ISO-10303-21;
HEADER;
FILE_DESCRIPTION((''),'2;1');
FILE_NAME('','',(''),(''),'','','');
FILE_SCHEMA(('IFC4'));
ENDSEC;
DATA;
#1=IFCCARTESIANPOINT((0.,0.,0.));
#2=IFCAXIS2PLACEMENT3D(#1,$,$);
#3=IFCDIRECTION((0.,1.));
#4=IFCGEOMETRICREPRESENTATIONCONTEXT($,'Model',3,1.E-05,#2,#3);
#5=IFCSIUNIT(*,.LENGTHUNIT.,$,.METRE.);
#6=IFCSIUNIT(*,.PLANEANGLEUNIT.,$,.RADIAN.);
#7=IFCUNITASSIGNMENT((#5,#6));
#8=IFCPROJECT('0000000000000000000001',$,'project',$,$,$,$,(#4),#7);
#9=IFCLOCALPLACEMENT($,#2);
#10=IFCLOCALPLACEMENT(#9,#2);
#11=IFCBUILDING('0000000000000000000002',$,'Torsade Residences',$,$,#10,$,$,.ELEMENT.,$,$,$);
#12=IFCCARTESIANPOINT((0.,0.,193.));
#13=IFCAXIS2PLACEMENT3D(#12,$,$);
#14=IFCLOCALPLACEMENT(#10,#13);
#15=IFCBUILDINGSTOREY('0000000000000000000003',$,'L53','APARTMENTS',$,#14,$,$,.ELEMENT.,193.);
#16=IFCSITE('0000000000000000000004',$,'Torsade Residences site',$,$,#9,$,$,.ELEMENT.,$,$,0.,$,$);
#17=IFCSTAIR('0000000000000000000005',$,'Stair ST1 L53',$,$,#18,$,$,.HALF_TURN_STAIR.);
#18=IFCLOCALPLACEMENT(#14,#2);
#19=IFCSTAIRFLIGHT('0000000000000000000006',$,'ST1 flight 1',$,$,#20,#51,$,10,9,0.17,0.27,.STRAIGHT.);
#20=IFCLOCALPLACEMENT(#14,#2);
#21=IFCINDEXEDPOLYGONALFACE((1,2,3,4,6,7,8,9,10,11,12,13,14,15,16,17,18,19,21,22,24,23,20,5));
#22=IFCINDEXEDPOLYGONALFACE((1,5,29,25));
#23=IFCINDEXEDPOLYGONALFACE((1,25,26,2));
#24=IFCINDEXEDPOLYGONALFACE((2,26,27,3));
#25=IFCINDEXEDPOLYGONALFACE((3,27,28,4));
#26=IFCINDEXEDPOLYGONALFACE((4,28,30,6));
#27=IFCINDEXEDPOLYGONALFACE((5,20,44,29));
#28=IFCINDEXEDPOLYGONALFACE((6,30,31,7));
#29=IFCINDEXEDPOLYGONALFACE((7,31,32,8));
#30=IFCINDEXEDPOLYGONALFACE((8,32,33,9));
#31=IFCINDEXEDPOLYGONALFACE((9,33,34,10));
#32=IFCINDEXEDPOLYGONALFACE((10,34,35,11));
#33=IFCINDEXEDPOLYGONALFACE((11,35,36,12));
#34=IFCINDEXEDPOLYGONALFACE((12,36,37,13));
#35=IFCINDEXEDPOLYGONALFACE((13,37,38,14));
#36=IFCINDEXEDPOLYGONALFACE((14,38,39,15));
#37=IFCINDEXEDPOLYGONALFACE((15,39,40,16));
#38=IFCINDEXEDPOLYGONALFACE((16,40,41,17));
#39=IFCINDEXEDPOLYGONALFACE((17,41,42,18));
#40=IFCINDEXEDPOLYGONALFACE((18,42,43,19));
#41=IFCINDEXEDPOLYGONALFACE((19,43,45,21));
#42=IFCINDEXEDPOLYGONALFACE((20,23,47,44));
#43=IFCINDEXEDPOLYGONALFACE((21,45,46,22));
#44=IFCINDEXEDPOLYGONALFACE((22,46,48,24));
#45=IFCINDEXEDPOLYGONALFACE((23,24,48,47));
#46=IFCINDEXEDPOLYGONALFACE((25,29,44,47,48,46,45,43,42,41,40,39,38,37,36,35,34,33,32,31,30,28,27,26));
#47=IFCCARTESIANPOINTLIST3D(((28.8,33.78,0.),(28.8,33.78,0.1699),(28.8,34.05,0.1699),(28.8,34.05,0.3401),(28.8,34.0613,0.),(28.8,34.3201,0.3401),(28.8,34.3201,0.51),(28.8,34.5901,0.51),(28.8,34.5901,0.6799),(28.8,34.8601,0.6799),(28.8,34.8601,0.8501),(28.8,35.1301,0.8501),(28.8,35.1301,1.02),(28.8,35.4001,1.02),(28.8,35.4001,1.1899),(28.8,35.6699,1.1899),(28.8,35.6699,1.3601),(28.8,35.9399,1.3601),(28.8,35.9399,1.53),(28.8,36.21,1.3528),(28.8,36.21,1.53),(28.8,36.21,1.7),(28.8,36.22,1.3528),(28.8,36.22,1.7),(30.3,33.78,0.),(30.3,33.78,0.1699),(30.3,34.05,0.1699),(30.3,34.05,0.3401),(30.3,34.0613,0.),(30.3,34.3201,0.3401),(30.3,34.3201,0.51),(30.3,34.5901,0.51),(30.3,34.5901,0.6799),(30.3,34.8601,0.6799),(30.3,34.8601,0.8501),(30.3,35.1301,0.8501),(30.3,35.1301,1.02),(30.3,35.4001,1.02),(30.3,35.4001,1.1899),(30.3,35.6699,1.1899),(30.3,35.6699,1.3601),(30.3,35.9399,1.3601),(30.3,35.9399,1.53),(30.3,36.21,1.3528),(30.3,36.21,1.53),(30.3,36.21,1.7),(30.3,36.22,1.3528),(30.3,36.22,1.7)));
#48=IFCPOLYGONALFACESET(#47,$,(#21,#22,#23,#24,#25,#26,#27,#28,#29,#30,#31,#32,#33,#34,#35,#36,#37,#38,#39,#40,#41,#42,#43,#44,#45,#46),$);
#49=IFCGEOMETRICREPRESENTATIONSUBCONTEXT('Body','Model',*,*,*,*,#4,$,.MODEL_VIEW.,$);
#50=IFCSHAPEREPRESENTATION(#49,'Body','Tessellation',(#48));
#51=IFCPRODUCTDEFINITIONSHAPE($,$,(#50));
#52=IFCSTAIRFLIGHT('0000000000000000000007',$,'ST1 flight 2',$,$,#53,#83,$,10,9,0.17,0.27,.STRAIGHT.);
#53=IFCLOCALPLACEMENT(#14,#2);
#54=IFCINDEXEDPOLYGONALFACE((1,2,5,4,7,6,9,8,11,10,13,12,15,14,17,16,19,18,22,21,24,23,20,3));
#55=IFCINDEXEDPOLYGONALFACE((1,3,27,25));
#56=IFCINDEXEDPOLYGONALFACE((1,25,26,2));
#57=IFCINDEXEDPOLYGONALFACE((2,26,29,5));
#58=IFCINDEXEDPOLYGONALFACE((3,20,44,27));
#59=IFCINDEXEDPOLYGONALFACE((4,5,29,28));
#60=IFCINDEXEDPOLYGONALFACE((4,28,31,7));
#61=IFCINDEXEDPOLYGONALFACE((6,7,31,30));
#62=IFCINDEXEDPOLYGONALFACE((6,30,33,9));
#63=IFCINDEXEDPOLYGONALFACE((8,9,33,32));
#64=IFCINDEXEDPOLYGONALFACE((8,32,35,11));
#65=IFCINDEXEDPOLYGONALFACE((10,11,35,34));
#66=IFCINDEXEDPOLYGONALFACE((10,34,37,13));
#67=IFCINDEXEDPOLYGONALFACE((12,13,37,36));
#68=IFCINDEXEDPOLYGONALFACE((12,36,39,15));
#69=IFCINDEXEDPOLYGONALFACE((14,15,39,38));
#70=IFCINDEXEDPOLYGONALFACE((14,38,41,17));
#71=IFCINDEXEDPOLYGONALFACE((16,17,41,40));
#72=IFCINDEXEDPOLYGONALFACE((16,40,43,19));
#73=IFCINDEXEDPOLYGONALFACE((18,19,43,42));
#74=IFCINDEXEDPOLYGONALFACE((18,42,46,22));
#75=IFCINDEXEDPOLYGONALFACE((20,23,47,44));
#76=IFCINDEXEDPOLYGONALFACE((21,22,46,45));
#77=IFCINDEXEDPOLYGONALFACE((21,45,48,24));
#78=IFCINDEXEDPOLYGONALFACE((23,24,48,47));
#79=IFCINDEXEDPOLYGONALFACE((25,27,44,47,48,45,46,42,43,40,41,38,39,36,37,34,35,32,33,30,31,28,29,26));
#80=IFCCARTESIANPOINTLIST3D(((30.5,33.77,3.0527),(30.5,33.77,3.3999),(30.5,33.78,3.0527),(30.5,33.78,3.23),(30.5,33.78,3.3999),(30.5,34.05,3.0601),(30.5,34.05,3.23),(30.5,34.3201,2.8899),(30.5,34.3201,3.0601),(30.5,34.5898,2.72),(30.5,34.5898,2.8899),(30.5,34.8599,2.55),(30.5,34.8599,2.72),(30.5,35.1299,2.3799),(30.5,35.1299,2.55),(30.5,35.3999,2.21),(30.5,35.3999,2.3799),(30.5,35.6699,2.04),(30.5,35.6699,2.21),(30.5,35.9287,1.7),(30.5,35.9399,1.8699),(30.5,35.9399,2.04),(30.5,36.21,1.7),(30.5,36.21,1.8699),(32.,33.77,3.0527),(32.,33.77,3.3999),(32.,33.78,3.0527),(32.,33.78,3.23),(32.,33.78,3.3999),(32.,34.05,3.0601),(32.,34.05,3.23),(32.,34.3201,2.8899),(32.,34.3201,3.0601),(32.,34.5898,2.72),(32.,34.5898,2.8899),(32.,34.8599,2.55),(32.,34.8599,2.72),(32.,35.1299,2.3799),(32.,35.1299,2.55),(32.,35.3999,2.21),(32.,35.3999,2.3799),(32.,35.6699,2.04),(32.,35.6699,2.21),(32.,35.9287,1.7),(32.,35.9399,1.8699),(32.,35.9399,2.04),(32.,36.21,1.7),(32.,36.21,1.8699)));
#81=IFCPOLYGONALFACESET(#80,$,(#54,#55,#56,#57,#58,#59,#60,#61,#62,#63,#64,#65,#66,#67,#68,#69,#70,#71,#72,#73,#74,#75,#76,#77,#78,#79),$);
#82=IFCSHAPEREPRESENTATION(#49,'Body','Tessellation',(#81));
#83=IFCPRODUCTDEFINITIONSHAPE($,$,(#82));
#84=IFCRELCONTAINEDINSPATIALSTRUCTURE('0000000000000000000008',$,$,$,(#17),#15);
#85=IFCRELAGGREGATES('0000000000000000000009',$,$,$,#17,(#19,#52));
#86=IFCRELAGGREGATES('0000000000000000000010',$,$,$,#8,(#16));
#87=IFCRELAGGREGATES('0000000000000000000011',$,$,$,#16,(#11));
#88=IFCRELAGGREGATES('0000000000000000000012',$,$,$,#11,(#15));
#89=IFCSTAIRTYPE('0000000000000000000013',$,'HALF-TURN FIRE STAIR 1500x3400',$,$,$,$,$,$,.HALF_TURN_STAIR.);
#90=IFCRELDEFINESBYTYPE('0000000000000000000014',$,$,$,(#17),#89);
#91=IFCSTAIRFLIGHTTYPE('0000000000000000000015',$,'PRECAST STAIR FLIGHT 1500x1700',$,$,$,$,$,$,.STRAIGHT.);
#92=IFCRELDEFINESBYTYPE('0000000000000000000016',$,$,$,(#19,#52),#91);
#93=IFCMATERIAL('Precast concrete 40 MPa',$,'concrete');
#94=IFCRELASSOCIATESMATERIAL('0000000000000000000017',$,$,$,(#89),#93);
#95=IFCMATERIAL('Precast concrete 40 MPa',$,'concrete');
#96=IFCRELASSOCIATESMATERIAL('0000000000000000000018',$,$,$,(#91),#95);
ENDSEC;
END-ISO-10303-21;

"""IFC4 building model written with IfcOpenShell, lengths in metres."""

from ifc_helpers import new_model, si_unit, direction, frame, origin, place, context, subcontext, project, spatial, polyline, outline, extrude, material, type_object, element, aggregate, save


model = new_model("IFC4")

# Units and contexts
model_context = context("Model", 3, precision=1e-05, world=origin(), true_north=direction((0.0, 1.0)))
body_context = subcontext(model_context, "Body", "Model", "MODEL_VIEW")
ifc_project = project(units=[si_unit("LENGTHUNIT", "METRE"), si_unit("PLANEANGLEUNIT", "RADIAN")], contexts=[model_context])

# Site, building, storey
site_placement = place(None, origin())
site = spatial("IfcSite", under=ifc_project, at=site_placement, Name="Torsade Residences site", CompositionType="ELEMENT", RefElevation=0.0)
building_placement = place(site_placement, origin())
building = spatial("IfcBuilding", under=site, at=building_placement, Name="Torsade Residences", CompositionType="ELEMENT")
storey_placement = place(building_placement, frame((0.0, 0.0, 193.0)))
storey = spatial("IfcBuildingStorey", under=building, at=storey_placement, Name="L53", Description="APARTMENTS", CompositionType="ELEMENT", Elevation=193.0)

# Stair, stair flights
ifc_material_1 = material(Name="Precast concrete 40 MPa", Category="concrete")
stair_type = type_object("IfcStairType", Name="HALF-TURN FIRE STAIR 1500x3400", PredefinedType="HALF_TURN_STAIR", material=ifc_material_1)
stair_placement = place(storey_placement, origin())
stair = element("IfcStair", 1, at=stair_placement, inside=storey, type_object=stair_type, Name="Stair ST1 L53", PredefinedType="HALF_TURN_STAIR")
ifc_material_2 = material(Name="Precast concrete 40 MPa", Category="concrete")
stair_flight_type = type_object("IfcStairFlightType", Name="PRECAST STAIR FLIGHT 1500x1700", PredefinedType="STRAIGHT", material=ifc_material_2)
stair_flight_1_placement = place(storey_placement, frame((29.55, 33.78, 0.0), z_axis=(0.0, 0.0, 1.0), x_axis=(0.0, 1.0, 0.0)))
stair_flight_1 = element("IfcStairFlight", 2, at=stair_flight_1_placement, type_object=stair_flight_type, Name="ST1 flight 1", NumberOfRisers=10, NumberOfTreads=9, PredefinedType="STRAIGHT", RiserHeight=0.17, TreadLength=0.27, context=body_context, shape_type="SweptSolid", body=[
    extrude(outline(polyline([(0.0, 0.0), (0.0, 0.1699), (0.27, 0.1699), (0.27, 0.3401), (0.54, 0.3401), (0.54, 0.51), (0.8101, 0.51), (0.8101, 0.6799), (1.0801, 0.6799), (1.0801, 0.8501), (1.3501, 0.8501), (1.3501, 1.02), (1.6201, 1.02), (1.6201, 1.1899), (1.8899, 1.1899), (1.8899, 1.3601), (2.1599, 1.3601), (2.1599, 1.53), (2.4299, 1.53), (2.4299, 1.7), (2.4399, 1.7), (2.4399, 1.3528), (2.4299, 1.3528), (0.2812, 0.0), (0.0, 0.0)])), frame((0.0, 0.75, 0.0), z_axis=(0.0, -1.0, 0.0), x_axis=(1.0, 0.0, 0.0)), (0.0, 0.0, 1.0), 1.5),
])
stair_flight_2_placement = place(storey_placement, frame((31.25, 36.21, 1.7), z_axis=(0.0, 0.0, 1.0), x_axis=(0.0, -1.0, 0.0)))
stair_flight_2 = element("IfcStairFlight", 3, at=stair_flight_2_placement, type_object=stair_flight_type, Name="ST1 flight 2", NumberOfRisers=10, NumberOfTreads=9, PredefinedType="STRAIGHT", RiserHeight=0.17, TreadLength=0.27, context=body_context, shape_type="SweptSolid", body=[
    extrude(outline(polyline([(0.0, 0.0), (0.0, 0.1699), (0.27, 0.1699), (0.27, 0.3401), (0.54, 0.3401), (0.54, 0.51), (0.8101, 0.51), (0.8101, 0.6799), (1.0801, 0.6799), (1.0801, 0.8501), (1.3501, 0.8501), (1.3501, 1.02), (1.6201, 1.02), (1.6201, 1.1899), (1.8899, 1.1899), (1.8899, 1.3601), (2.1599, 1.3601), (2.1599, 1.53), (2.4299, 1.53), (2.4299, 1.7), (2.4399, 1.7), (2.4399, 1.3528), (2.4299, 1.3528), (0.2812, 0.0), (0.0, 0.0)])), frame((0.0, 0.75, 0.0), z_axis=(0.0, -1.0, 0.0), x_axis=(1.0, 0.0, 0.0)), (0.0, 0.0, 1.0), 1.5),
])
aggregate(stair, [stair_flight_1, stair_flight_2])

save(model, "model.ifc")
